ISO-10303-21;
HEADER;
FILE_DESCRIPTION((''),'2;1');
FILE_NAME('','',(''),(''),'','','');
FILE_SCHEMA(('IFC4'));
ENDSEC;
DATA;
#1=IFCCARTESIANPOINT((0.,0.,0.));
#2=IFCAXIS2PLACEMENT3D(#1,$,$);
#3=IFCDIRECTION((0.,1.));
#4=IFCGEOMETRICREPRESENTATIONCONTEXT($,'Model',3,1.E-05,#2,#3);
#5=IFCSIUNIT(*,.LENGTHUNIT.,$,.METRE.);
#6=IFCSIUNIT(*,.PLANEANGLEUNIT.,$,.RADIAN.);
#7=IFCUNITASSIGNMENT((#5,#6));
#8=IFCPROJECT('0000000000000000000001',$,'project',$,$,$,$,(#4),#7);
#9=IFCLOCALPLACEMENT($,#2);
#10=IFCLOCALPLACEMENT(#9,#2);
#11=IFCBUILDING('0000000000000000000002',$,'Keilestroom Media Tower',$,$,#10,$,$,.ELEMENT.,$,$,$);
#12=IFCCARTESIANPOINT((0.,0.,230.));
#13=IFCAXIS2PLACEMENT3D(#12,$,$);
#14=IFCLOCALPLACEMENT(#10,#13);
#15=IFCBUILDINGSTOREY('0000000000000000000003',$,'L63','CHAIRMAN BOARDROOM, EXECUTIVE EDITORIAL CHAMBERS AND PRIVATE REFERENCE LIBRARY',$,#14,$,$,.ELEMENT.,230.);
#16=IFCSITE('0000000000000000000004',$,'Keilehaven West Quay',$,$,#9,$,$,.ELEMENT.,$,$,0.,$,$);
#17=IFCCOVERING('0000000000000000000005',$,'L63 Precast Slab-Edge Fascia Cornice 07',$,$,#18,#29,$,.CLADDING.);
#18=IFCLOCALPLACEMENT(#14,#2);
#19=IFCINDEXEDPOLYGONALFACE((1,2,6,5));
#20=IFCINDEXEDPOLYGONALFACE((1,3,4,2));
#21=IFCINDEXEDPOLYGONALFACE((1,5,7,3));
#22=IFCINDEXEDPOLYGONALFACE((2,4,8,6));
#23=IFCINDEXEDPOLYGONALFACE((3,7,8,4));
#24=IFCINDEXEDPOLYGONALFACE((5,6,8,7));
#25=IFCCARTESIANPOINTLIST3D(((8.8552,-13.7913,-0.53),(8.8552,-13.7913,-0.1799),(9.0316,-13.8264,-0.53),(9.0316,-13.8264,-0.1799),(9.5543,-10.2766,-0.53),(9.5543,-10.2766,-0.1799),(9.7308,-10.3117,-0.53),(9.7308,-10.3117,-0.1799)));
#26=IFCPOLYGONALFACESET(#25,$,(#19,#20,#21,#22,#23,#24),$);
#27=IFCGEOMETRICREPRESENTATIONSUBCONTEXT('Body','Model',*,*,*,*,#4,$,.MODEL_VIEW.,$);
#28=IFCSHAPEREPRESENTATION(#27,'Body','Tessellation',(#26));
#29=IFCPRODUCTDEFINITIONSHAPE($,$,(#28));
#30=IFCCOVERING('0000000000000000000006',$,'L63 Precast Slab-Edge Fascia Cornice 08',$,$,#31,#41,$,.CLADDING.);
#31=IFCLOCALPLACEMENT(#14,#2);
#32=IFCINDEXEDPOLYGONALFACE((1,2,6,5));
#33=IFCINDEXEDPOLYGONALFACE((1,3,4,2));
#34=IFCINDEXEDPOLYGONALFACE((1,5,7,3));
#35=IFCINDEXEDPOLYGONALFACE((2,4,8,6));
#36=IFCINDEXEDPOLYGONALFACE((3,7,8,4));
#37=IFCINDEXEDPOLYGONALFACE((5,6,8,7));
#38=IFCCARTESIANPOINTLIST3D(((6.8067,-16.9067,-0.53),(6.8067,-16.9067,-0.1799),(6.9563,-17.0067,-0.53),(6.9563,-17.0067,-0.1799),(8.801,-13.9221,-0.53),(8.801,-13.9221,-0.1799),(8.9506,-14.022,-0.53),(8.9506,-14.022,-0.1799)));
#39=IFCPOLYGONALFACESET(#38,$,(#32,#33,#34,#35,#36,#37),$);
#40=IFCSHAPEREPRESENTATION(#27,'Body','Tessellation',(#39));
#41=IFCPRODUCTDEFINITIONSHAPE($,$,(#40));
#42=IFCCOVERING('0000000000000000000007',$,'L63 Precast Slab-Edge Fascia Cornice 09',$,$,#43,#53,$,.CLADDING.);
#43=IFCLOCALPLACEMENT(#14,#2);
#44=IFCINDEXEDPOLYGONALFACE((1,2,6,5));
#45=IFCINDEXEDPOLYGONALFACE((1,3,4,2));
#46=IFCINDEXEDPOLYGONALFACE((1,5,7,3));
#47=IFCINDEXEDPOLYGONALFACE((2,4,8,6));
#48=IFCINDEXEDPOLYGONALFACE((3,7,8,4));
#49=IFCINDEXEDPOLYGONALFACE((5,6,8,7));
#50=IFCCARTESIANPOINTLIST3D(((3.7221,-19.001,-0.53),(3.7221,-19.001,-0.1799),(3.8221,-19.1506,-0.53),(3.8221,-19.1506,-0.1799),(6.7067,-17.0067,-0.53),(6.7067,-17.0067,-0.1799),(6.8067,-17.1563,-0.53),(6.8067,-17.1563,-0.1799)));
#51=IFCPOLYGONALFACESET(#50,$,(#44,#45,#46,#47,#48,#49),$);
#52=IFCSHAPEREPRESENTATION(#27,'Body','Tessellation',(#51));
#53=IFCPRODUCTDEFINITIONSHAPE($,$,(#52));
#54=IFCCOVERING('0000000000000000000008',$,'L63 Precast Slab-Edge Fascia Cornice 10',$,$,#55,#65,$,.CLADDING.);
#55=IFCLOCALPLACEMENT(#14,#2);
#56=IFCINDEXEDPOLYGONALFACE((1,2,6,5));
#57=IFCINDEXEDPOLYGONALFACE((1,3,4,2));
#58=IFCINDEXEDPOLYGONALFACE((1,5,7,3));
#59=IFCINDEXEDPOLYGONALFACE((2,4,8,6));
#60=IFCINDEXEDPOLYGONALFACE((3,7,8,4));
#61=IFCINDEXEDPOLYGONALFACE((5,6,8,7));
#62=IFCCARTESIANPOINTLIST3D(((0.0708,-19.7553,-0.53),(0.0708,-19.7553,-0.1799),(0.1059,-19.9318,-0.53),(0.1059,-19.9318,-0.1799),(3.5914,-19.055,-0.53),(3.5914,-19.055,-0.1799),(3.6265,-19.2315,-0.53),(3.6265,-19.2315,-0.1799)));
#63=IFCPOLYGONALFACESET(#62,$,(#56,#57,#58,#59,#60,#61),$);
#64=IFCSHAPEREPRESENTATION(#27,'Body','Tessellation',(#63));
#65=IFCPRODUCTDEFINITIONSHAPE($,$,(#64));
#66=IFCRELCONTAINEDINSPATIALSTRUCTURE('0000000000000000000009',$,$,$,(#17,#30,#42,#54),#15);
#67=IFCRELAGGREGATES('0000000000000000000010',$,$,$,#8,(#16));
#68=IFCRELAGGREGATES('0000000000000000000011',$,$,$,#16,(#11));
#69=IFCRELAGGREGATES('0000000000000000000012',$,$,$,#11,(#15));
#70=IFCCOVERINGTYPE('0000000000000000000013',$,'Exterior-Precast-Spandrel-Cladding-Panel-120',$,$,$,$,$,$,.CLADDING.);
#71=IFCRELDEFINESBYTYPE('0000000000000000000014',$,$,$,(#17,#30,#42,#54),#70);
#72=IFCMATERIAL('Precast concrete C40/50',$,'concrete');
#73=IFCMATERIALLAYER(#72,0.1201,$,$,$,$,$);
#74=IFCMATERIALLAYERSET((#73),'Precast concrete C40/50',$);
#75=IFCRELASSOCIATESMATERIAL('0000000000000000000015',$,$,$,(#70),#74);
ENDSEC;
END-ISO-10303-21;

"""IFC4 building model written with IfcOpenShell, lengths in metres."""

from ifc_helpers import new_model, si_unit, direction, frame, origin, origin_2d, place, context, subcontext, project, spatial, rectangle, extrude, source, transform, mapped, material, layer, layer_set, type_object, element, save


model = new_model("IFC4")

# Units and contexts
model_context = context("Model", 3, precision=1e-05, world=origin(), true_north=direction((0.0, 1.0)))
body_context = subcontext(model_context, "Body", "Model", "MODEL_VIEW")
ifc_project = project(units=[si_unit("LENGTHUNIT", "METRE"), si_unit("PLANEANGLEUNIT", "RADIAN")], contexts=[model_context])

# Site, building, storey
site_placement = place(None, origin())
site = spatial("IfcSite", under=ifc_project, at=site_placement, Name="Keilehaven West Quay", CompositionType="ELEMENT", RefElevation=0.0)
building_placement = place(site_placement, origin())
building = spatial("IfcBuilding", under=site, at=building_placement, Name="Keilestroom Media Tower", CompositionType="ELEMENT")
storey_placement = place(building_placement, frame((0.0, 0.0, 230.0)))
storey = spatial("IfcBuildingStorey", under=building, at=storey_placement, Name="L63", Description="CHAIRMAN BOARDROOM, EXECUTIVE EDITORIAL CHAMBERS AND PRIVATE REFERENCE LIBRARY", CompositionType="ELEMENT", Elevation=230.0)

# Shared definitions
ifc_material_1 = material(Name="Precast concrete C40/50", Category="concrete")

# Coverings
ifc_layer_1 = layer(ifc_material_1, 0.1201)
ifc_layer_set_1 = layer_set([ifc_layer_1], Name="Precast concrete C40/50")
covering_type = type_object("IfcCoveringType", Name="Exterior-Precast-Spandrel-Cladding-Panel-120", PredefinedType="CLADDING", material=ifc_layer_set_1)
shared_shape_1 = source(origin(), body_context, "Body", "SweptSolid", [
    extrude(rectangle(XDim=3.5835, YDim=0.1799, at=origin_2d()), origin(), (0.0, 0.0, 1.0), 0.3501),
])
covering_1_placement = place(storey_placement, frame((9.293, -12.0515, -0.53), z_axis=(0.0, 0.0, 1.0), x_axis=(-0.195099, -0.980784, 0.0)))
element("IfcCovering", 1, at=covering_1_placement, inside=storey, type_object=covering_type, Name="L63 Precast Slab-Edge Fascia Cornice 07", PredefinedType="CLADDING", context=body_context, shape_type="MappedRepresentation", body=[
    mapped(shared_shape_1, transform((0.0, 0.0, 0.0), x_axis=(1.0, 0.0, 0.0), y_axis=(0.0, 1.0, 0.0), z_axis=(0.0, 0.0, 1.0), scale=1.0)),
])
shared_shape_2 = source(origin(), body_context, "Body", "SweptSolid", [
    extrude(rectangle(XDim=3.5896, YDim=0.1799, at=origin_2d()), origin(), (0.0, 0.0, 1.0), 0.3501),
])
for number, where, z_axis, x_axis, name in (
    (2, (7.8787, -15.4644, -0.53), (0.0, 0.0, 1.0), (-0.555575, -0.831467, 0.0), "L63 Precast Slab-Edge Fascia Cornice 08"),
    (3, (5.2644, -18.0786, -0.53), (0.0, 0.0, 1.0), (-0.831467, -0.555575, 0.0), "L63 Precast Slab-Edge Fascia Cornice 09"),
    (4, (1.8486, -19.4934, -0.53), (0.0, 0.0, 1.0), (-0.980784, -0.195099, 0.0), "L63 Precast Slab-Edge Fascia Cornice 10"),
):
    element("IfcCovering", number, at=place(storey_placement, frame(where, z_axis=z_axis, x_axis=x_axis)), inside=storey, type_object=covering_type, Name=name, PredefinedType="CLADDING", context=body_context, shape_type="MappedRepresentation", body=[
        mapped(shared_shape_2, transform((0.0, 0.0, 0.0), x_axis=(1.0, 0.0, 0.0), y_axis=(0.0, 1.0, 0.0), z_axis=(0.0, 0.0, 1.0), scale=1.0)),
    ])

save(model, "model.ifc")
